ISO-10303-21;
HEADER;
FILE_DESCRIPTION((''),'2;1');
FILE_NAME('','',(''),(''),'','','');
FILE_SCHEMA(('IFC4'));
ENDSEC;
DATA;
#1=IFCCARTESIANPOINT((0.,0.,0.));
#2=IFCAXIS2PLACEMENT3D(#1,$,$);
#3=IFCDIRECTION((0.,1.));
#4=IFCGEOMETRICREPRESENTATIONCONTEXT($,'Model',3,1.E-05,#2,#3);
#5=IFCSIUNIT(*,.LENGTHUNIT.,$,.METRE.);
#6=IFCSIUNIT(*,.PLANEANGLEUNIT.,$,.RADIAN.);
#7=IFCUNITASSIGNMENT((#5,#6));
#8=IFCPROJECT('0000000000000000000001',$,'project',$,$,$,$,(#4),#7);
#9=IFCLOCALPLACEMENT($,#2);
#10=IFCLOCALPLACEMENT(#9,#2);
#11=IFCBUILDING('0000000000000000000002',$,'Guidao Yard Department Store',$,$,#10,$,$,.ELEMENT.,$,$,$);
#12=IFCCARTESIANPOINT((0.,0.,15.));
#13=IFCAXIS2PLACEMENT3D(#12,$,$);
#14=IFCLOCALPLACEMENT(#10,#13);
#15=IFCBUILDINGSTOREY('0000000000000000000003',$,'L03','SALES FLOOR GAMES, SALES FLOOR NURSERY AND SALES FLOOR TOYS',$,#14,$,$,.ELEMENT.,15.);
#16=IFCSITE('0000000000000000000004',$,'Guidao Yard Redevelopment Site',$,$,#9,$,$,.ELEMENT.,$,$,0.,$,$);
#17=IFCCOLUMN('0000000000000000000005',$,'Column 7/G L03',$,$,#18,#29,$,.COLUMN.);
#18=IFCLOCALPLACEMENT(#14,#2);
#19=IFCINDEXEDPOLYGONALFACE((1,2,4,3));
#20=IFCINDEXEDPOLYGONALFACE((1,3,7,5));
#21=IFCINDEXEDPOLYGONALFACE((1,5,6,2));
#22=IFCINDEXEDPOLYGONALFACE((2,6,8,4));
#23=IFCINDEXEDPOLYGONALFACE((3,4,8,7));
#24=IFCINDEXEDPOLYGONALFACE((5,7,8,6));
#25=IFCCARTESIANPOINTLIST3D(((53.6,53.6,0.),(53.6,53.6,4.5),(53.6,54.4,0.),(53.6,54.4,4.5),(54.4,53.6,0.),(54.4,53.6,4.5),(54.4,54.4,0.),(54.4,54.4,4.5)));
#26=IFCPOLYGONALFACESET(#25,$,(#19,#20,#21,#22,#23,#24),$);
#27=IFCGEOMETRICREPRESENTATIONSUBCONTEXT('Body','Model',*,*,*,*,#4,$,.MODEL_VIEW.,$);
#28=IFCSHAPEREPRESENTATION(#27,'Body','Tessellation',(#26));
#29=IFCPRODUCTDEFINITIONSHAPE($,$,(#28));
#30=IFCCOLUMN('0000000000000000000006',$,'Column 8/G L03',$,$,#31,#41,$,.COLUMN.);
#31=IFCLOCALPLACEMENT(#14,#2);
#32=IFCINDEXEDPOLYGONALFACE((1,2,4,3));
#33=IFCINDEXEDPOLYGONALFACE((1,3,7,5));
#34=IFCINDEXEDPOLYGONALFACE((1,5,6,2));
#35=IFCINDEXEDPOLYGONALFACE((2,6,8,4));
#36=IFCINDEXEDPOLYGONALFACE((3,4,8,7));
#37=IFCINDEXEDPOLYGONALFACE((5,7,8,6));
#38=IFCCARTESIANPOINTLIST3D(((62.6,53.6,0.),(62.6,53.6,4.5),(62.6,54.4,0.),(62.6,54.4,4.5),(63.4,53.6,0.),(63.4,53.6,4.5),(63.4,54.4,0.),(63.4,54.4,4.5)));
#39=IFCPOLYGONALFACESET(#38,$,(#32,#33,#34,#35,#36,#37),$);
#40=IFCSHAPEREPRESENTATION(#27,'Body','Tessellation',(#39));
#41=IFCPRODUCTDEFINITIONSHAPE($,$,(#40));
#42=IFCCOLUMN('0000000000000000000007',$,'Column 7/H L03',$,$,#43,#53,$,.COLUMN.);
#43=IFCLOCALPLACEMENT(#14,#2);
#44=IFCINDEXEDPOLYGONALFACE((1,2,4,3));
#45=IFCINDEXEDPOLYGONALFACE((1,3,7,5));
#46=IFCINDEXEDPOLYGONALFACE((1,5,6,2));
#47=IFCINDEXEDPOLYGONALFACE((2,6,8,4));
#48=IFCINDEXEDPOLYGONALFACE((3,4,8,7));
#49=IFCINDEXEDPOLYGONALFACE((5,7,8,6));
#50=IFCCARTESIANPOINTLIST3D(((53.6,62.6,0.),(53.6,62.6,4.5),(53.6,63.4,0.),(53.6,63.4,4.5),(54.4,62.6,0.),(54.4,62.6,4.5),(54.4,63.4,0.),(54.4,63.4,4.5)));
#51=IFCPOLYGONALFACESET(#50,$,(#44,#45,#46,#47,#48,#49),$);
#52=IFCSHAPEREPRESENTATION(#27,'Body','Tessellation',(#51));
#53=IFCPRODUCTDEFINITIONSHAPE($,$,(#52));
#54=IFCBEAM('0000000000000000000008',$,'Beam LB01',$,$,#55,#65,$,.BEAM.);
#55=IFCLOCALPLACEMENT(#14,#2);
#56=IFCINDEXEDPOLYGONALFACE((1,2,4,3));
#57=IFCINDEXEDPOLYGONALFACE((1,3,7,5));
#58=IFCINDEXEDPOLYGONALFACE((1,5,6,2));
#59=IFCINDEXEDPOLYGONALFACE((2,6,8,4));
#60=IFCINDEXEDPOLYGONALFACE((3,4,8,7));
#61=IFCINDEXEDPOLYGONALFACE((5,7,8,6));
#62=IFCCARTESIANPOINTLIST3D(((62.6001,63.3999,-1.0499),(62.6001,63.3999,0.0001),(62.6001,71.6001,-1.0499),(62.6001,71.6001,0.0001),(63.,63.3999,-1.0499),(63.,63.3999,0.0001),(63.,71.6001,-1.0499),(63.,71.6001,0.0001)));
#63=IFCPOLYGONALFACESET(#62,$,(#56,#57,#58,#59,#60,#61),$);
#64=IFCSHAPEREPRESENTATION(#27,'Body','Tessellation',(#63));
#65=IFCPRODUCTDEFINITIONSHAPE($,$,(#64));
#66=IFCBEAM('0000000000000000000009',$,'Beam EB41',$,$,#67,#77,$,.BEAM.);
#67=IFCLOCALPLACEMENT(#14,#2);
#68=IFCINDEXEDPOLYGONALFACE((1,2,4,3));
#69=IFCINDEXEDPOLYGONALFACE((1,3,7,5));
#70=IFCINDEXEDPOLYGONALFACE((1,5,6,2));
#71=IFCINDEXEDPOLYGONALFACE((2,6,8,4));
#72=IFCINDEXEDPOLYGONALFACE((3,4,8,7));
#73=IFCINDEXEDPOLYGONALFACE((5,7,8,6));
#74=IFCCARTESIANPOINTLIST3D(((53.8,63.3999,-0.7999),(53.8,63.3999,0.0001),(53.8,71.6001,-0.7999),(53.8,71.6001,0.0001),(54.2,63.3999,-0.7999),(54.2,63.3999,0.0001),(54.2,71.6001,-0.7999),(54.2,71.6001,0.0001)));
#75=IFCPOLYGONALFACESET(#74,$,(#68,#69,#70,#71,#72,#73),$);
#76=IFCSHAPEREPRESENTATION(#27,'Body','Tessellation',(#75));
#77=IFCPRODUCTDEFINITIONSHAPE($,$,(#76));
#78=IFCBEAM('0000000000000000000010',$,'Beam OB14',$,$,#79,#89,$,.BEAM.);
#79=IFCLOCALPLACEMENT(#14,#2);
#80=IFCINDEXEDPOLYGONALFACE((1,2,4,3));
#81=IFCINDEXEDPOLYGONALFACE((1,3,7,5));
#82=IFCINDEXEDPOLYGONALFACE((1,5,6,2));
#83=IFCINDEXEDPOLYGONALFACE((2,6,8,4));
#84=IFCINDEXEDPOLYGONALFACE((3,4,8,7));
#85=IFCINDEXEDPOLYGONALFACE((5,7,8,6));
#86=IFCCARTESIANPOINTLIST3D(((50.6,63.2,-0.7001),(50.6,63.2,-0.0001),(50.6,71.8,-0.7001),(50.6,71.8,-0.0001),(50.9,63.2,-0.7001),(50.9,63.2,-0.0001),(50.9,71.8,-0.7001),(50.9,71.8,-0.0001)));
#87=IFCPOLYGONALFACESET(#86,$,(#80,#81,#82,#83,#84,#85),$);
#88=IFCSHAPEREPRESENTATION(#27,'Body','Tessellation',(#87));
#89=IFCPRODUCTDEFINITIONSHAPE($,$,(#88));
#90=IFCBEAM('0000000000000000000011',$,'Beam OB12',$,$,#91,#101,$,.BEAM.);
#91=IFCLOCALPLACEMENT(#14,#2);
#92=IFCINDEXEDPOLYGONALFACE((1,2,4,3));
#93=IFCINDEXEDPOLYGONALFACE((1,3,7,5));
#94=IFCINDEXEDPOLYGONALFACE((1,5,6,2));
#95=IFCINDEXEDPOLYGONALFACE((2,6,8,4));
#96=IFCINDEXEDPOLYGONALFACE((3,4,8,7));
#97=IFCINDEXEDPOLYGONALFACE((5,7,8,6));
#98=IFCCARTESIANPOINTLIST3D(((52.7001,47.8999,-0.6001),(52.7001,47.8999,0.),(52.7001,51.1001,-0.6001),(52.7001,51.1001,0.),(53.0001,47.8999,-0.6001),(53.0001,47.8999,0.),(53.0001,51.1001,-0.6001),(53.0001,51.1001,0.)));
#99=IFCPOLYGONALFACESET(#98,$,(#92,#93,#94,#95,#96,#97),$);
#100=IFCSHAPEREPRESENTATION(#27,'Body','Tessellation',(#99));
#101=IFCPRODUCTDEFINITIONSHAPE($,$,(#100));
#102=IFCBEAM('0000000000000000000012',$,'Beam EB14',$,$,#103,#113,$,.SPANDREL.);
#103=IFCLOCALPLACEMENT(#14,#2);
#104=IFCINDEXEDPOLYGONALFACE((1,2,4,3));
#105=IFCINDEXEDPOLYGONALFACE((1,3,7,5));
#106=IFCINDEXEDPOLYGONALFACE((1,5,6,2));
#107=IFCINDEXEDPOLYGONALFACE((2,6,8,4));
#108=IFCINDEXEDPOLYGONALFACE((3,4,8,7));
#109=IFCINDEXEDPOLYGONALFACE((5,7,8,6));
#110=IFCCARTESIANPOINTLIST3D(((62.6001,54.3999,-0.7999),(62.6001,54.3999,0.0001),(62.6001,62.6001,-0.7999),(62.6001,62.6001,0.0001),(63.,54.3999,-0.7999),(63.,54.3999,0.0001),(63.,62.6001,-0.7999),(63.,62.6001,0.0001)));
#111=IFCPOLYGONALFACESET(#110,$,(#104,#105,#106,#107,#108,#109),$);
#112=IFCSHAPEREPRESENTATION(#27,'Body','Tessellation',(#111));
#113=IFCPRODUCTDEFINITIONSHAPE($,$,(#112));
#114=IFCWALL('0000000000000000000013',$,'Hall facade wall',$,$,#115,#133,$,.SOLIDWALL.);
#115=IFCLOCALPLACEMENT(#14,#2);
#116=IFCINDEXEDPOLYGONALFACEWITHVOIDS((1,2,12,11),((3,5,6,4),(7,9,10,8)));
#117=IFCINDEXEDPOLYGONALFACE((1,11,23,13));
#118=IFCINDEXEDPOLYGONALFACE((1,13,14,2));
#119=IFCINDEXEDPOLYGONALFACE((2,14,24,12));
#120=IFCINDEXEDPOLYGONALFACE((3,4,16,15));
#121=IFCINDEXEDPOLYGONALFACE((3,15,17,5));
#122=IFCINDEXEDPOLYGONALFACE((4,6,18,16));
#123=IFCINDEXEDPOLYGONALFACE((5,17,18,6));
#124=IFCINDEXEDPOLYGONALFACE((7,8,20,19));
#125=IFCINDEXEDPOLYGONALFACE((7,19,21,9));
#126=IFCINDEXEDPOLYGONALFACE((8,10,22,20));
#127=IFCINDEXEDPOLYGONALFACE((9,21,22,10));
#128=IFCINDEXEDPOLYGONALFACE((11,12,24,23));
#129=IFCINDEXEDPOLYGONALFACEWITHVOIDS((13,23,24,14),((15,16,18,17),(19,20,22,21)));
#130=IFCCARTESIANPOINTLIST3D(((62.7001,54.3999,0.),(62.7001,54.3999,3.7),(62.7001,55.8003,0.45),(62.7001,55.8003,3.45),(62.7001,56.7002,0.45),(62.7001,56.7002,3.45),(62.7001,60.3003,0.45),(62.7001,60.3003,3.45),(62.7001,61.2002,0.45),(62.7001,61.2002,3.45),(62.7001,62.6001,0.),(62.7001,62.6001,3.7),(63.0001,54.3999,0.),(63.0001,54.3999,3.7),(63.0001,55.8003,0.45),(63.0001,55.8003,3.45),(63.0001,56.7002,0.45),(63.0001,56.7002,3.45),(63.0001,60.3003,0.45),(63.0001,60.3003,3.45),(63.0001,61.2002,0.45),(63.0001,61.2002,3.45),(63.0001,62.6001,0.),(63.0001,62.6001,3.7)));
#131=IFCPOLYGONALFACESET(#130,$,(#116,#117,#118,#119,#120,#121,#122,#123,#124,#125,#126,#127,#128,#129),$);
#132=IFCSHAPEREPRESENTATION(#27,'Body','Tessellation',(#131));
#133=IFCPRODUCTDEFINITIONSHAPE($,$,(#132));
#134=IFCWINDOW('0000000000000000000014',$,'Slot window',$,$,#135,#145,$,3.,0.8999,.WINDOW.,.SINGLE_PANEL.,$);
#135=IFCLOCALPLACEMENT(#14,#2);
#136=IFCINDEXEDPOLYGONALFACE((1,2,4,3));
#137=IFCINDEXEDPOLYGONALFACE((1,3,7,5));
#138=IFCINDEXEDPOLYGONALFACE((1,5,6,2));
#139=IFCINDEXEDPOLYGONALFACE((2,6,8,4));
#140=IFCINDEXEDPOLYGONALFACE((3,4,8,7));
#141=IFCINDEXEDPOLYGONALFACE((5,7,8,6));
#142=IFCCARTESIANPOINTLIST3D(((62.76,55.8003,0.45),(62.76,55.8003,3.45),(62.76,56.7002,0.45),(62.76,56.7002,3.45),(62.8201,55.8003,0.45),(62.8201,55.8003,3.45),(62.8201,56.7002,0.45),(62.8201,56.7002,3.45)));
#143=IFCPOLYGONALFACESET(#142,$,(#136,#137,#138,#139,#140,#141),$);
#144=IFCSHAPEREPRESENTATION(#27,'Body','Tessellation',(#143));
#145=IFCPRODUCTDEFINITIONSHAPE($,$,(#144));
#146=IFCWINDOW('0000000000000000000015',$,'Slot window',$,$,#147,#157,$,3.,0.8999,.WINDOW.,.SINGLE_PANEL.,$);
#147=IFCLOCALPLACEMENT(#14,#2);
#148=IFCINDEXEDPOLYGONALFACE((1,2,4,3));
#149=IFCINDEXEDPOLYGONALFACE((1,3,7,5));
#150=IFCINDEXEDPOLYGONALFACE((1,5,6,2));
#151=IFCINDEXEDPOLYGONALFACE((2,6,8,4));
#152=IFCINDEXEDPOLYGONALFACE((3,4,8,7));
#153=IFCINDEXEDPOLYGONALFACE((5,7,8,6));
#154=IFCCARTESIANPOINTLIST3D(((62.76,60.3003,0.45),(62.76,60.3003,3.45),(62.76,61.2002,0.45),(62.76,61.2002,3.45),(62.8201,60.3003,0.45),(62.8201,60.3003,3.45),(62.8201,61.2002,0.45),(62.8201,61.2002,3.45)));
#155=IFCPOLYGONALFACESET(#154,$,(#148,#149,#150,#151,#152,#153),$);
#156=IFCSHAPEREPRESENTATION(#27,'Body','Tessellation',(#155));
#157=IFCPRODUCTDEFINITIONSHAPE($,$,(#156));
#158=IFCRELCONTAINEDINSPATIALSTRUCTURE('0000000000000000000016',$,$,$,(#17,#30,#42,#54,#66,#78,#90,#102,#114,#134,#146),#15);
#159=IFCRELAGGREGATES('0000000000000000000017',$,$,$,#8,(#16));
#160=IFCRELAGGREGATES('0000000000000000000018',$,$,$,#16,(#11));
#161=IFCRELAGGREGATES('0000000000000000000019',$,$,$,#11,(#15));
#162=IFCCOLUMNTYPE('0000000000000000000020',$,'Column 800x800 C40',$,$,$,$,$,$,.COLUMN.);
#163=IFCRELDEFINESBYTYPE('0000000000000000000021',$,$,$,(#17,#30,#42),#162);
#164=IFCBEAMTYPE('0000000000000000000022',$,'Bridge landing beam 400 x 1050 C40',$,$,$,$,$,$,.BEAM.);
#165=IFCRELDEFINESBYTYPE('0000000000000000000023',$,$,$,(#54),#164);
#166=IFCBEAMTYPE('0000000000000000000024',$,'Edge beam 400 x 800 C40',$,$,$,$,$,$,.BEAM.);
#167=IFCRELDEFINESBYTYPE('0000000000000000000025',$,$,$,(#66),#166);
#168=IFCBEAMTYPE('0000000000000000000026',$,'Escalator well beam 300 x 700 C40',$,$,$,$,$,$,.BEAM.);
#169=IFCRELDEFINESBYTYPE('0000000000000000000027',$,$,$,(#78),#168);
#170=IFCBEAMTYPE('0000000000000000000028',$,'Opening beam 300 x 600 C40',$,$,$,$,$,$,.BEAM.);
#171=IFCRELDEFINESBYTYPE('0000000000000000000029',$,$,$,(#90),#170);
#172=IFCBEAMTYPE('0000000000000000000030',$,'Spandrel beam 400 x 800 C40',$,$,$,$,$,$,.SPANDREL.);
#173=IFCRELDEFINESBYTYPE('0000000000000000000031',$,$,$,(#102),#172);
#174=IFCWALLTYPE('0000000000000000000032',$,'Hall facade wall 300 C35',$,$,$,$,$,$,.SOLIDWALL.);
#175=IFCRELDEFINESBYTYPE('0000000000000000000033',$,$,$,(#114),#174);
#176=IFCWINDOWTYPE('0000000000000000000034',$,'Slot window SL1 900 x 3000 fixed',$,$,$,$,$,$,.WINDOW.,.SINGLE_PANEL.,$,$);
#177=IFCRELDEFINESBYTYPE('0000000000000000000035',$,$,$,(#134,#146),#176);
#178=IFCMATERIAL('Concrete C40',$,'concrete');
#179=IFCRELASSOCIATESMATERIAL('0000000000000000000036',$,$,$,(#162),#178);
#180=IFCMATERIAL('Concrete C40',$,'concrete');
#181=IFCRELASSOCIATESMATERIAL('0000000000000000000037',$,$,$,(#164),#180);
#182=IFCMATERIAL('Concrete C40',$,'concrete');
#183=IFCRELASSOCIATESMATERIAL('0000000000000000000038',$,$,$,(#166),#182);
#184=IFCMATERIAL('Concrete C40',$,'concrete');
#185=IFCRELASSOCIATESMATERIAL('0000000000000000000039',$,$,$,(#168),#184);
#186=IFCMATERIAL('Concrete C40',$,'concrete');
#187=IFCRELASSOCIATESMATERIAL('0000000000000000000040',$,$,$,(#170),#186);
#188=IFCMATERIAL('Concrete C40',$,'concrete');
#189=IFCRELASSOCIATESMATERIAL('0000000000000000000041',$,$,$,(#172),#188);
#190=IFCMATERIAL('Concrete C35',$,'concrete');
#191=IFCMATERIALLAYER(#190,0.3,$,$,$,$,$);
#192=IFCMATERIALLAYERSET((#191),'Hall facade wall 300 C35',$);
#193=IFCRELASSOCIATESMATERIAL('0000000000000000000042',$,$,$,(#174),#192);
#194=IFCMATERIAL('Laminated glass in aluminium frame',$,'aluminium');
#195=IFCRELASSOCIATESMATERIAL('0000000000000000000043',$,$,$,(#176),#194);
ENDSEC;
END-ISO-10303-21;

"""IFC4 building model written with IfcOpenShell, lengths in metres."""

from ifc_helpers import new_model, si_unit, direction, frame, frame_2d, origin, origin_2d, place, context, subcontext, project, spatial, rectangle, extrude, material, layer, layer_set, material_profile, profile_set, type_object, element, fill, save


model = new_model("IFC4")

# Units and contexts
model_context = context("Model", 3, precision=1e-05, world=origin(), true_north=direction((0.0, 1.0)))
body_context = subcontext(model_context, "Body", "Model", "MODEL_VIEW")
ifc_project = project(units=[si_unit("LENGTHUNIT", "METRE"), si_unit("PLANEANGLEUNIT", "RADIAN")], contexts=[model_context])

# Site, building, storey
site_placement = place(None, origin())
site = spatial("IfcSite", under=ifc_project, at=site_placement, Name="Guidao Yard Redevelopment Site", CompositionType="ELEMENT", RefElevation=0.0)
building_placement = place(site_placement, origin())
building = spatial("IfcBuilding", under=site, at=building_placement, Name="Guidao Yard Department Store", CompositionType="ELEMENT")
storey_placement = place(building_placement, frame((0.0, 0.0, 15.0)))
storey = spatial("IfcBuildingStorey", under=building, at=storey_placement, Name="L03", Description="SALES FLOOR GAMES, SALES FLOOR NURSERY AND SALES FLOOR TOYS", CompositionType="ELEMENT", Elevation=15.0)

# Columns
ifc_material_1 = material(Name="Concrete C40", Category="concrete")
ifc_material_profile_1 = material_profile(ifc_material_1, rectangle(XDim=0.8, YDim=0.8, at=origin_2d()), Name="COL 800x800")
ifc_profile_set_1 = profile_set([ifc_material_profile_1], Name="Concrete C40")
column_type = type_object("IfcColumnType", Name="Column 800x800 C40", PredefinedType="COLUMN", material=ifc_profile_set_1)
for number, where, z_axis, x_axis, name in (
    (1, (54.0, 54.0, 0.0), (0.0, 0.0, 1.0), (1.0, 0.0, 0.0), "Column 7/G L03"),
    (2, (63.0, 54.0, 0.0), (0.0, 0.0, 1.0), (1.0, 0.0, 0.0), "Column 8/G L03"),
    (3, (54.0, 63.0, 0.0), (0.0, 0.0, 1.0), (1.0, 0.0, 0.0), "Column 7/H L03"),
):
    element("IfcColumn", number, at=place(storey_placement, frame(where, z_axis=z_axis, x_axis=x_axis)), inside=storey, type_object=column_type, Name=name, PredefinedType="COLUMN", context=body_context, shape_type="SweptSolid", body=[
        extrude(rectangle(XDim=0.8, YDim=0.8, at=origin_2d()), origin(), (0.0, 0.0, 1.0), 4.5),
    ])

# Beams
ifc_material_2 = material(Name="Concrete C40", Category="concrete")
ifc_material_profile_2 = material_profile(ifc_material_2, rectangle(XDim=0.3999, YDim=1.05, at=origin_2d()), Name="Bridge landing beam 400 x 1050 C40")
ifc_profile_set_2 = profile_set([ifc_material_profile_2], Name="Concrete C40")
beam_type_1 = type_object("IfcBeamType", Name="Bridge landing beam 400 x 1050 C40", PredefinedType="BEAM", material=ifc_profile_set_2)
beam_1_placement = place(storey_placement, frame((62.8, 63.3999, -0.5249), z_axis=(0.0, 1.0, 0.0), x_axis=(-1.0, 0.0, 0.0)))
element("IfcBeam", 4, at=beam_1_placement, inside=storey, type_object=beam_type_1, Name="Beam LB01", PredefinedType="BEAM", context=body_context, shape_type="SweptSolid", body=[
    extrude(rectangle(XDim=0.3999, YDim=1.05, at=origin_2d()), origin(), (0.0, 0.0, 1.0), 8.2002),
])
ifc_material_3 = material(Name="Concrete C40", Category="concrete")
ifc_material_profile_3 = material_profile(ifc_material_3, rectangle(XDim=0.3999, YDim=0.8, at=origin_2d()), Name="Edge beam 400 x 800 C40")
ifc_profile_set_3 = profile_set([ifc_material_profile_3], Name="Concrete C40")
beam_type_2 = type_object("IfcBeamType", Name="Edge beam 400 x 800 C40", PredefinedType="BEAM", material=ifc_profile_set_3)
beam_2_placement = place(storey_placement, frame((54.0, 63.3999, -0.3999), z_axis=(0.0, 1.0, 0.0), x_axis=(-1.0, 0.0, 0.0)))
element("IfcBeam", 5, at=beam_2_placement, inside=storey, type_object=beam_type_2, Name="Beam EB41", PredefinedType="BEAM", context=body_context, shape_type="SweptSolid", body=[
    extrude(rectangle(XDim=0.3999, YDim=0.8, at=origin_2d()), origin(), (0.0, 0.0, 1.0), 8.2002),
])
ifc_material_4 = material(Name="Concrete C40", Category="concrete")
ifc_material_profile_4 = material_profile(ifc_material_4, rectangle(XDim=0.3, YDim=0.7, at=origin_2d()), Name="Escalator well beam 300 x 700 C40")
ifc_profile_set_4 = profile_set([ifc_material_profile_4], Name="Concrete C40")
beam_type_3 = type_object("IfcBeamType", Name="Escalator well beam 300 x 700 C40", PredefinedType="BEAM", material=ifc_profile_set_4)
beam_3_placement = place(storey_placement, frame((50.75, 63.2, -0.3501), z_axis=(0.0, 1.0, 0.0), x_axis=(-1.0, 0.0, 0.0)))
element("IfcBeam", 6, at=beam_3_placement, inside=storey, type_object=beam_type_3, Name="Beam OB14", PredefinedType="BEAM", context=body_context, shape_type="SweptSolid", body=[
    extrude(rectangle(XDim=0.3, YDim=0.7, at=origin_2d()), origin(), (0.0, 0.0, 1.0), 8.6001),
])
ifc_material_5 = material(Name="Concrete C40", Category="concrete")
ifc_material_profile_5 = material_profile(ifc_material_5, rectangle(XDim=0.3, YDim=0.6001, at=origin_2d()), Name="Opening beam 300 x 600 C40")
ifc_profile_set_5 = profile_set([ifc_material_profile_5], Name="Concrete C40")
beam_type_4 = type_object("IfcBeamType", Name="Opening beam 300 x 600 C40", PredefinedType="BEAM", material=ifc_profile_set_5)
beam_4_placement = place(storey_placement, frame((52.8501, 47.8999, -0.3), z_axis=(0.0, 1.0, 0.0), x_axis=(-1.0, 0.0, 0.0)))
element("IfcBeam", 7, at=beam_4_placement, inside=storey, type_object=beam_type_4, Name="Beam OB12", PredefinedType="BEAM", context=body_context, shape_type="SweptSolid", body=[
    extrude(rectangle(XDim=0.3, YDim=0.6001, at=origin_2d()), origin(), (0.0, 0.0, 1.0), 3.2002),
])
ifc_material_6 = material(Name="Concrete C40", Category="concrete")
ifc_material_profile_6 = material_profile(ifc_material_6, rectangle(XDim=0.3999, YDim=0.8, at=origin_2d()), Name="Spandrel beam 400 x 800 C40")
ifc_profile_set_6 = profile_set([ifc_material_profile_6], Name="Concrete C40")
beam_type_5 = type_object("IfcBeamType", Name="Spandrel beam 400 x 800 C40", PredefinedType="SPANDREL", material=ifc_profile_set_6)
beam_5_placement = place(storey_placement, frame((62.8, 54.3999, -0.3999), z_axis=(0.0, 1.0, 0.0), x_axis=(-1.0, 0.0, 0.0)))
element("IfcBeam", 8, at=beam_5_placement, inside=storey, type_object=beam_type_5, Name="Beam EB14", PredefinedType="SPANDREL", context=body_context, shape_type="SweptSolid", body=[
    extrude(rectangle(XDim=0.3999, YDim=0.8, at=origin_2d()), origin(), (0.0, 0.0, 1.0), 8.2002),
])

# Wall, openings, windows
ifc_material_7 = material(Name="Concrete C35", Category="concrete")
ifc_layer_1 = layer(ifc_material_7, 0.3)
ifc_layer_set_1 = layer_set([ifc_layer_1], Name="Hall facade wall 300 C35")
wall_type_1 = type_object("IfcWallType", Name="Hall facade wall 300 C35", PredefinedType="SOLIDWALL", material=ifc_layer_set_1)
wall_1_placement = place(storey_placement, frame((62.8501, 62.6001, 0.0), z_axis=(0.0, 0.0, 1.0), x_axis=(0.0, -1.0, 0.0)))
wall_1 = element("IfcWall", 9, at=wall_1_placement, inside=storey, type_object=wall_type_1, Name="Hall facade wall", PredefinedType="SOLIDWALL", context=body_context, shape_type="SweptSolid", body=[
    extrude(rectangle(XDim=8.2002, YDim=0.3, at=frame_2d((4.1001, 0.0))), origin(), (0.0, 0.0, 1.0), 3.7),
])
opening_1_placement = place(wall_1_placement, frame((5.8999, 0.0, 0.45)))
opening_1 = element("IfcOpeningElement", 10, at=opening_1_placement, cuts=wall_1, PredefinedType="OPENING", context=body_context, shape_type="SweptSolid", body=[
    extrude(rectangle(XDim=0.8999, YDim=3.0, at=frame_2d((0.45, 1.5))), frame((0.0, 0.1599, 0.0), z_axis=(0.0, -1.0, 0.0), x_axis=(1.0, 0.0, 0.0)), (0.0, 0.0, 1.0), 0.3201),
])
opening_2_placement = place(wall_1_placement, frame((1.3999, 0.0, 0.45)))
opening_2 = element("IfcOpeningElement", 11, at=opening_2_placement, cuts=wall_1, PredefinedType="OPENING", context=body_context, shape_type="SweptSolid", body=[
    extrude(rectangle(XDim=0.8999, YDim=3.0, at=frame_2d((0.45, 1.5))), frame((0.0, 0.1599, 0.0), z_axis=(0.0, -1.0, 0.0), x_axis=(1.0, 0.0, 0.0)), (0.0, 0.0, 1.0), 0.3201),
])
ifc_material_8 = material(Name="Laminated glass in aluminium frame", Category="aluminium")
window_type = type_object("IfcWindowType", Name="Slot window SL1 900 x 3000 fixed", PartitioningType="SINGLE_PANEL", PredefinedType="WINDOW", material=ifc_material_8)
window_1_placement = place(opening_1_placement, origin())
window_1 = element("IfcWindow", 12, at=window_1_placement, inside=storey, type_object=window_type, Name="Slot window", OverallHeight=3.0, OverallWidth=0.8999, PartitioningType="SINGLE_PANEL", PredefinedType="WINDOW", context=body_context, shape_type="SweptSolid", body=[
    extrude(rectangle(XDim=0.8999, YDim=3.0, at=frame_2d((0.45, 1.5))), frame((0.0, -0.03, 0.0), z_axis=(0.0, -1.0, 0.0), x_axis=(1.0, 0.0, 0.0)), (0.0, 0.0, 1.0), 0.0601),
])
fill(opening_1, window_1)
window_2_placement = place(opening_2_placement, origin())
window_2 = element("IfcWindow", 13, at=window_2_placement, inside=storey, type_object=window_type, Name="Slot window", OverallHeight=3.0, OverallWidth=0.8999, PartitioningType="SINGLE_PANEL", PredefinedType="WINDOW", context=body_context, shape_type="SweptSolid", body=[
    extrude(rectangle(XDim=0.8999, YDim=3.0, at=frame_2d((0.45, 1.5))), frame((0.0, -0.03, 0.0), z_axis=(0.0, -1.0, 0.0), x_axis=(1.0, 0.0, 0.0)), (0.0, 0.0, 1.0), 0.0601),
])
fill(opening_2, window_2)

save(model, "model.ifc")
